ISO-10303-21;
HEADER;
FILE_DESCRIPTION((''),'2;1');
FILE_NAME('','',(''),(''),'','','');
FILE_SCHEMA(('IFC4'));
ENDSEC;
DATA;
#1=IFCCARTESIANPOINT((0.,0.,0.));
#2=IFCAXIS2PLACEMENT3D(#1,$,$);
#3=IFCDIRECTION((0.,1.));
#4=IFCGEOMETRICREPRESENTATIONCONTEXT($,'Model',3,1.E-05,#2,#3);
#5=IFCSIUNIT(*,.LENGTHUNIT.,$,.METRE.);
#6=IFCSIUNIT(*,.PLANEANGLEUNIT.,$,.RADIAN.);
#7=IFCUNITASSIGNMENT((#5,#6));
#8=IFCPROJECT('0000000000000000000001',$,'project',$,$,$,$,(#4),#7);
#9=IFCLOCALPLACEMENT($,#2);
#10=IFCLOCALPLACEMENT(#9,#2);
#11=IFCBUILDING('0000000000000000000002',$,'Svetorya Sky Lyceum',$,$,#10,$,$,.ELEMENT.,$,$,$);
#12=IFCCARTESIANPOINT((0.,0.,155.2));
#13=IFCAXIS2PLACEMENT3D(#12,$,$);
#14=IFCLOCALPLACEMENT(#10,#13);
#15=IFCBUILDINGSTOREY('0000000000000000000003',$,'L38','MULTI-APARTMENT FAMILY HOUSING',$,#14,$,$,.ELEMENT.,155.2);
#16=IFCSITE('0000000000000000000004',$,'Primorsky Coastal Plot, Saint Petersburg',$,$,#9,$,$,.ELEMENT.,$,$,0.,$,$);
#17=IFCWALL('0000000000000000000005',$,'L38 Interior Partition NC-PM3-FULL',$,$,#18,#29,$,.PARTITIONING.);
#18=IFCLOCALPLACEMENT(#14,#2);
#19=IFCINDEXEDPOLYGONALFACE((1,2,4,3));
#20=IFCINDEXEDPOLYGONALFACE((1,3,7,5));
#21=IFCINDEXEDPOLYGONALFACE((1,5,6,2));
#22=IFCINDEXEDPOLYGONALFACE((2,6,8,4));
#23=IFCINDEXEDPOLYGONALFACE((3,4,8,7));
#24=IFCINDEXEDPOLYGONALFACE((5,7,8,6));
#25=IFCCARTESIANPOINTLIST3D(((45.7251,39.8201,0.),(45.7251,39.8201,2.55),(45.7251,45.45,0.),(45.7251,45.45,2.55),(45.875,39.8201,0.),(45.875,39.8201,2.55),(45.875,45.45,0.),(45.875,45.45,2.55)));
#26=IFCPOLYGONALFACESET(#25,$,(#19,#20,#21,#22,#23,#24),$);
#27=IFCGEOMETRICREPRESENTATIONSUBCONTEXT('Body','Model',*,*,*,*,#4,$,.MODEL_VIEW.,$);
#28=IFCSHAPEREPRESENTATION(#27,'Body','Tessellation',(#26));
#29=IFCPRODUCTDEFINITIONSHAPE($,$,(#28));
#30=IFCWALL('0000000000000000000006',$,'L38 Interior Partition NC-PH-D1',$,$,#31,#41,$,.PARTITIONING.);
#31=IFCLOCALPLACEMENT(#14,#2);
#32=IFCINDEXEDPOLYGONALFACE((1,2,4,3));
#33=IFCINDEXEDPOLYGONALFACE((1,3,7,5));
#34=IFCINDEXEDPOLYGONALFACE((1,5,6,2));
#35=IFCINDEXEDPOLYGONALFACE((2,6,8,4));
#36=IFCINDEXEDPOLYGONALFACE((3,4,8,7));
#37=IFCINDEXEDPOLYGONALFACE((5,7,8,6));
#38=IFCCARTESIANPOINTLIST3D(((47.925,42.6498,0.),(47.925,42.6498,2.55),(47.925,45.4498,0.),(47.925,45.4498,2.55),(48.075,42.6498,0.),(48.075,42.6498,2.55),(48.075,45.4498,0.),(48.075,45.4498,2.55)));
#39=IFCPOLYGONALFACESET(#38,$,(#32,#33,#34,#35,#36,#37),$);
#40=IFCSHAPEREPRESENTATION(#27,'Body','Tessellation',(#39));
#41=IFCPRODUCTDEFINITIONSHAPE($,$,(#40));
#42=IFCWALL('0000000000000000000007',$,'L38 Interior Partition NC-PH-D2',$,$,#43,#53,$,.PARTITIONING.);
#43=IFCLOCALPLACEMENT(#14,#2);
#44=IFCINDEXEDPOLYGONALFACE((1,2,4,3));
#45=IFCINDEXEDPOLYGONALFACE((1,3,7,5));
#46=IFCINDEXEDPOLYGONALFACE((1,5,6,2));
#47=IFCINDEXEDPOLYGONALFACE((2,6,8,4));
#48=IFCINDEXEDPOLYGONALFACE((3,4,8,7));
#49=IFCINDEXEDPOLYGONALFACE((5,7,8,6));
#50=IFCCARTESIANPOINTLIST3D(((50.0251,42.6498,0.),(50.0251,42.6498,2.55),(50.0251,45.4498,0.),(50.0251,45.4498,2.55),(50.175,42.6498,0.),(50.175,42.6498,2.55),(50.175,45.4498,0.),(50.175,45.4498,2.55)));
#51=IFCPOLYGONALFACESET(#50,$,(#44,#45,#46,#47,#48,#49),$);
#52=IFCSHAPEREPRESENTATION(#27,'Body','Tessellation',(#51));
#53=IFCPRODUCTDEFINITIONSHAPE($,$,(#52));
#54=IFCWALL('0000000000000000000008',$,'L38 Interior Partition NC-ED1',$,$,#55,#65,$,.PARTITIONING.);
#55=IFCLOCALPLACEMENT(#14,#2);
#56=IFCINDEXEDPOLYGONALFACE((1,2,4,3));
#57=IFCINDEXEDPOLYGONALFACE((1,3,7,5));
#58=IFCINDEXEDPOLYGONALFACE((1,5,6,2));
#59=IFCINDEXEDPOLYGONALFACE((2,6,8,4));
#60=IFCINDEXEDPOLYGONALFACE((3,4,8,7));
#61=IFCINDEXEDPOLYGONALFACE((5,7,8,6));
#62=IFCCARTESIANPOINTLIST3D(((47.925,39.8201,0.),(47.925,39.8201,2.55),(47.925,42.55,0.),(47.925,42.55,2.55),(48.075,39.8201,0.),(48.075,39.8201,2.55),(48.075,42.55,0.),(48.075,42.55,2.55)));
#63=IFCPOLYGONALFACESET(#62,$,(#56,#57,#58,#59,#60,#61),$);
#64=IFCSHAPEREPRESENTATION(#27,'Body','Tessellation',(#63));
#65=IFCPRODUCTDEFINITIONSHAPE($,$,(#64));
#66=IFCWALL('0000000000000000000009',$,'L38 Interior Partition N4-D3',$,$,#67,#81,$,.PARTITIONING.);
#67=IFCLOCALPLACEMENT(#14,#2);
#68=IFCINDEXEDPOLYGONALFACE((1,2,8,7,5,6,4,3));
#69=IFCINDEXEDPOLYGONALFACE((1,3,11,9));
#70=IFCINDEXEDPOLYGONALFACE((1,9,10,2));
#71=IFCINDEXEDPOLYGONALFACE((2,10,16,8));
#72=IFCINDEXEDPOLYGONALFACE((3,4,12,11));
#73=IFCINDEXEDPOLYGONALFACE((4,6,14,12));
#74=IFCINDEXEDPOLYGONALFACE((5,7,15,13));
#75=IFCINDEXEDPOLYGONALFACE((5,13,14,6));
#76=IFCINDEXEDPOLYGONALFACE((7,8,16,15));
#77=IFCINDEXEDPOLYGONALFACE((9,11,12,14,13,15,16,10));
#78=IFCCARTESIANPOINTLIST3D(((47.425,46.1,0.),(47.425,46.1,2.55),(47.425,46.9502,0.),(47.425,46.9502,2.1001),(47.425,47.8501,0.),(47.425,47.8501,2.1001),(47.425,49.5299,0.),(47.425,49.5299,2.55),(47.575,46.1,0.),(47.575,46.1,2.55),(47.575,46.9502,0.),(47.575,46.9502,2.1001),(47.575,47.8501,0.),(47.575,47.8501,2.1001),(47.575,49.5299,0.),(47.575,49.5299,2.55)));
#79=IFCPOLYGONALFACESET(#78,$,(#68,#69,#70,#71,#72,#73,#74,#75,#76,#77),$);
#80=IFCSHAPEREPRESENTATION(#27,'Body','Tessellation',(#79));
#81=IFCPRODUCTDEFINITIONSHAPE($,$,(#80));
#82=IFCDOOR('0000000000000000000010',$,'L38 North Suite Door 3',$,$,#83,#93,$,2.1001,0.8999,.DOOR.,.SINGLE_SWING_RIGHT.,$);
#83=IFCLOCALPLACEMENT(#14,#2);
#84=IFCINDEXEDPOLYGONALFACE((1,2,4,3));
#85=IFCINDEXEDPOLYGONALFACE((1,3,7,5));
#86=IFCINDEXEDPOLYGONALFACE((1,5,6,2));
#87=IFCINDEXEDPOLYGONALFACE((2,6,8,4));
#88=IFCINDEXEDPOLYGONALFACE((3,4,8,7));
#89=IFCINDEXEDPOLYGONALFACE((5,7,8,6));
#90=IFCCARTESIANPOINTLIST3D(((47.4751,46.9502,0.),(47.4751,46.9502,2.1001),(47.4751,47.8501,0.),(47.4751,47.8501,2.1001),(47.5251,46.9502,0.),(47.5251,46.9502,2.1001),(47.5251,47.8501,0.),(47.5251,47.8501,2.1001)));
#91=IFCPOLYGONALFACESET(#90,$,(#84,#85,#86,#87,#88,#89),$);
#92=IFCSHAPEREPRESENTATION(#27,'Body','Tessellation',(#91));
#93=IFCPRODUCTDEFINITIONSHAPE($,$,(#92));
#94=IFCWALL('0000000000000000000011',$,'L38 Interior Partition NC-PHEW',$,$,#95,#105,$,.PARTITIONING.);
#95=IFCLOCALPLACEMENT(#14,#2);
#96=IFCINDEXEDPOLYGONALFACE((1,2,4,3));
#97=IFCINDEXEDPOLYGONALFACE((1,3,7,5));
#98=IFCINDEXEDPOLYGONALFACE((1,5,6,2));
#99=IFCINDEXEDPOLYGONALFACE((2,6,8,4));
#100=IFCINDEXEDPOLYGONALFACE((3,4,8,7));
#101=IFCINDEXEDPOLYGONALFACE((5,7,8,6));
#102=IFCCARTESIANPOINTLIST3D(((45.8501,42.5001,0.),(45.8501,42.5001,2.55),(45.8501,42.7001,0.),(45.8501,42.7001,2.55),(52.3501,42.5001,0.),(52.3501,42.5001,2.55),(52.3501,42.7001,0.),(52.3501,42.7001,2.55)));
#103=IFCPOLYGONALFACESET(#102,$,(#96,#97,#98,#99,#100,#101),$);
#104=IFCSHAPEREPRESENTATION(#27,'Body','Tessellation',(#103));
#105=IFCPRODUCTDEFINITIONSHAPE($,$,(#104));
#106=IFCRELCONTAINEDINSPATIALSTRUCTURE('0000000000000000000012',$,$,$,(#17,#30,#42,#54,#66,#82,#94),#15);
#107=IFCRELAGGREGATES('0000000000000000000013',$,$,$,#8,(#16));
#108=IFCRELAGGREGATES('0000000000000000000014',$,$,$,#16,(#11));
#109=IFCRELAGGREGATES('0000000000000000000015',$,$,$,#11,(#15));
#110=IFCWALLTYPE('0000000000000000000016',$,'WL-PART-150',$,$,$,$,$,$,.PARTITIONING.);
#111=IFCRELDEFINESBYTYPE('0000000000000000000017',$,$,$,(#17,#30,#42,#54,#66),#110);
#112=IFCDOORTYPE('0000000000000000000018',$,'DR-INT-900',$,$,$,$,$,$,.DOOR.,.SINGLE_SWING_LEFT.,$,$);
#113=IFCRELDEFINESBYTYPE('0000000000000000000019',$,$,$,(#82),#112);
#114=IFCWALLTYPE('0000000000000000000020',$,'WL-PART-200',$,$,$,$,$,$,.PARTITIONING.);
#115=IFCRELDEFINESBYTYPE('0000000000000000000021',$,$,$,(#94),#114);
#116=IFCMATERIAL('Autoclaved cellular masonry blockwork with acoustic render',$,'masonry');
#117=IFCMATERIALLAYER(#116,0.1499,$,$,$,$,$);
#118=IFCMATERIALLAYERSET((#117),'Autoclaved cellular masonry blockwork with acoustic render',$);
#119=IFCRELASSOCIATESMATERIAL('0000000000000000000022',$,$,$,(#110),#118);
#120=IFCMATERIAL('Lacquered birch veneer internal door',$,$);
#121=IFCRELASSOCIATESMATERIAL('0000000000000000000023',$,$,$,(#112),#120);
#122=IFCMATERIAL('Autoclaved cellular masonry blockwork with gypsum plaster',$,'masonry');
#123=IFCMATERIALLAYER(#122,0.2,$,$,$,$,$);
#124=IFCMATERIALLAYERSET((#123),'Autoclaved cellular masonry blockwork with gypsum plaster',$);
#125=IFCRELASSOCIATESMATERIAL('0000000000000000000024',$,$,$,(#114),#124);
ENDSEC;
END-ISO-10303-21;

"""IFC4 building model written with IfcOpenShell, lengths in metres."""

from ifc_helpers import new_model, si_unit, direction, frame, frame_2d, origin, place, context, subcontext, project, spatial, rectangle, extrude, material, layer, layer_set, type_object, element, fill, save


model = new_model("IFC4")

# Units and contexts
model_context = context("Model", 3, precision=1e-05, world=origin(), true_north=direction((0.0, 1.0)))
body_context = subcontext(model_context, "Body", "Model", "MODEL_VIEW")
ifc_project = project(units=[si_unit("LENGTHUNIT", "METRE"), si_unit("PLANEANGLEUNIT", "RADIAN")], contexts=[model_context])

# Site, building, storey
site_placement = place(None, origin())
site = spatial("IfcSite", under=ifc_project, at=site_placement, Name="Primorsky Coastal Plot, Saint Petersburg", CompositionType="ELEMENT", RefElevation=0.0)
building_placement = place(site_placement, origin())
building = spatial("IfcBuilding", under=site, at=building_placement, Name="Svetorya Sky Lyceum", CompositionType="ELEMENT")
storey_placement = place(building_placement, frame((0.0, 0.0, 155.2)))
storey = spatial("IfcBuildingStorey", under=building, at=storey_placement, Name="L38", Description="MULTI-APARTMENT FAMILY HOUSING", CompositionType="ELEMENT", Elevation=155.2)

# Walls
ifc_material_1 = material(Name="Autoclaved cellular masonry blockwork with acoustic render", Category="masonry")
ifc_layer_1 = layer(ifc_material_1, 0.1499)
ifc_layer_set_1 = layer_set([ifc_layer_1], Name="Autoclaved cellular masonry blockwork with acoustic render")
wall_type_1 = type_object("IfcWallType", Name="WL-PART-150", PredefinedType="PARTITIONING", material=ifc_layer_set_1)
for number, where, z_axis, x_axis, name in (
    (1, (45.8, 39.8201, 0.0), (0.0, 0.0, 1.0), (0.0, 1.0, 0.0), "L38 Interior Partition NC-PM3-FULL"),
):
    element("IfcWall", number, at=place(storey_placement, frame(where, z_axis=z_axis, x_axis=x_axis)), inside=storey, type_object=wall_type_1, Name=name, PredefinedType="PARTITIONING", context=body_context, shape_type="SweptSolid", body=[
        extrude(rectangle(XDim=5.6299, YDim=0.1499, at=frame_2d((2.8149, 0.0))), origin(), (0.0, 0.0, 1.0), 2.55),
    ])
for number, where, z_axis, x_axis, name in (
    (2, (48.0, 42.6499, 0.0), (0.0, 0.0, 1.0), (0.0, 1.0, 0.0), "L38 Interior Partition NC-PH-D1"),
    (3, (50.1001, 42.6499, 0.0), (0.0, 0.0, 1.0), (0.0, 1.0, 0.0), "L38 Interior Partition NC-PH-D2"),
):
    element("IfcWall", number, at=place(storey_placement, frame(where, z_axis=z_axis, x_axis=x_axis)), inside=storey, type_object=wall_type_1, Name=name, PredefinedType="PARTITIONING", context=body_context, shape_type="SweptSolid", body=[
        extrude(rectangle(XDim=2.8, YDim=0.1499, at=frame_2d((1.3999, 0.0))), origin(), (0.0, 0.0, 1.0), 2.55),
    ])
wall_1_placement = place(storey_placement, frame((48.0, 39.8201, 0.0), z_axis=(0.0, 0.0, 1.0), x_axis=(0.0, 1.0, 0.0)))
element("IfcWall", 4, at=wall_1_placement, inside=storey, type_object=wall_type_1, Name="L38 Interior Partition NC-ED1", PredefinedType="PARTITIONING", context=body_context, shape_type="SweptSolid", body=[
    extrude(rectangle(XDim=2.73, YDim=0.1499, at=frame_2d((1.365, 0.0))), origin(), (0.0, 0.0, 1.0), 2.55),
])

# Wall, opening, door
wall_2_placement = place(storey_placement, frame((47.5, 46.1001, 0.0), z_axis=(0.0, 0.0, 1.0), x_axis=(0.0, 1.0, 0.0)))
wall_2 = element("IfcWall", 5, at=wall_2_placement, inside=storey, type_object=wall_type_1, Name="L38 Interior Partition N4-D3", PredefinedType="PARTITIONING", context=body_context, shape_type="SweptSolid", body=[
    extrude(rectangle(XDim=3.4299, YDim=0.1499, at=frame_2d((1.7148, 0.0))), origin(), (0.0, 0.0, 1.0), 2.55),
])
opening_placement = place(wall_2_placement, frame((0.8501, 0.0, 0.0)))
opening = element("IfcOpeningElement", 6, at=opening_placement, cuts=wall_2, PredefinedType="OPENING", context=body_context, shape_type="SweptSolid", body=[
    extrude(rectangle(XDim=0.8999, YDim=2.1001, at=frame_2d((0.45, 1.05))), frame((0.0, 0.085, 0.0), z_axis=(0.0, -1.0, 0.0), x_axis=(1.0, 0.0, 0.0)), (0.0, 0.0, 1.0), 0.1699),
])
ifc_material_2 = material(Name="Lacquered birch veneer internal door")
door_type = type_object("IfcDoorType", Name="DR-INT-900", OperationType="SINGLE_SWING_LEFT", PredefinedType="DOOR", material=ifc_material_2)
door_placement = place(opening_placement, origin())
door = element("IfcDoor", 7, at=door_placement, inside=storey, type_object=door_type, Name="L38 North Suite Door 3", OperationType="SINGLE_SWING_RIGHT", OverallHeight=2.1001, OverallWidth=0.8999, PredefinedType="DOOR", context=body_context, shape_type="SweptSolid", body=[
    extrude(rectangle(XDim=0.8999, YDim=2.1001, at=frame_2d((0.45, 1.05))), frame((0.0, 0.0249, 0.0), z_axis=(0.0, -1.0, 0.0), x_axis=(1.0, 0.0, 0.0)), (0.0, 0.0, 1.0), 0.05),
])
fill(opening, door)

# Wall
ifc_material_3 = material(Name="Autoclaved cellular masonry blockwork with gypsum plaster", Category="masonry")
ifc_layer_2 = layer(ifc_material_3, 0.2)
ifc_layer_set_2 = layer_set([ifc_layer_2], Name="Autoclaved cellular masonry blockwork with gypsum plaster")
wall_type_2 = type_object("IfcWallType", Name="WL-PART-200", PredefinedType="PARTITIONING", material=ifc_layer_set_2)
wall_3_placement = place(storey_placement, frame((52.3501, 42.6001, 0.0), z_axis=(0.0, 0.0, 1.0), x_axis=(-1.0, 0.0, 0.0)))
element("IfcWall", 8, at=wall_3_placement, inside=storey, type_object=wall_type_2, Name="L38 Interior Partition NC-PHEW", PredefinedType="PARTITIONING", context=body_context, shape_type="SweptSolid", body=[
    extrude(rectangle(XDim=6.5, YDim=0.2, at=frame_2d((3.25, 0.0))), origin(), (0.0, 0.0, 1.0), 2.55),
])

save(model, "model.ifc")
